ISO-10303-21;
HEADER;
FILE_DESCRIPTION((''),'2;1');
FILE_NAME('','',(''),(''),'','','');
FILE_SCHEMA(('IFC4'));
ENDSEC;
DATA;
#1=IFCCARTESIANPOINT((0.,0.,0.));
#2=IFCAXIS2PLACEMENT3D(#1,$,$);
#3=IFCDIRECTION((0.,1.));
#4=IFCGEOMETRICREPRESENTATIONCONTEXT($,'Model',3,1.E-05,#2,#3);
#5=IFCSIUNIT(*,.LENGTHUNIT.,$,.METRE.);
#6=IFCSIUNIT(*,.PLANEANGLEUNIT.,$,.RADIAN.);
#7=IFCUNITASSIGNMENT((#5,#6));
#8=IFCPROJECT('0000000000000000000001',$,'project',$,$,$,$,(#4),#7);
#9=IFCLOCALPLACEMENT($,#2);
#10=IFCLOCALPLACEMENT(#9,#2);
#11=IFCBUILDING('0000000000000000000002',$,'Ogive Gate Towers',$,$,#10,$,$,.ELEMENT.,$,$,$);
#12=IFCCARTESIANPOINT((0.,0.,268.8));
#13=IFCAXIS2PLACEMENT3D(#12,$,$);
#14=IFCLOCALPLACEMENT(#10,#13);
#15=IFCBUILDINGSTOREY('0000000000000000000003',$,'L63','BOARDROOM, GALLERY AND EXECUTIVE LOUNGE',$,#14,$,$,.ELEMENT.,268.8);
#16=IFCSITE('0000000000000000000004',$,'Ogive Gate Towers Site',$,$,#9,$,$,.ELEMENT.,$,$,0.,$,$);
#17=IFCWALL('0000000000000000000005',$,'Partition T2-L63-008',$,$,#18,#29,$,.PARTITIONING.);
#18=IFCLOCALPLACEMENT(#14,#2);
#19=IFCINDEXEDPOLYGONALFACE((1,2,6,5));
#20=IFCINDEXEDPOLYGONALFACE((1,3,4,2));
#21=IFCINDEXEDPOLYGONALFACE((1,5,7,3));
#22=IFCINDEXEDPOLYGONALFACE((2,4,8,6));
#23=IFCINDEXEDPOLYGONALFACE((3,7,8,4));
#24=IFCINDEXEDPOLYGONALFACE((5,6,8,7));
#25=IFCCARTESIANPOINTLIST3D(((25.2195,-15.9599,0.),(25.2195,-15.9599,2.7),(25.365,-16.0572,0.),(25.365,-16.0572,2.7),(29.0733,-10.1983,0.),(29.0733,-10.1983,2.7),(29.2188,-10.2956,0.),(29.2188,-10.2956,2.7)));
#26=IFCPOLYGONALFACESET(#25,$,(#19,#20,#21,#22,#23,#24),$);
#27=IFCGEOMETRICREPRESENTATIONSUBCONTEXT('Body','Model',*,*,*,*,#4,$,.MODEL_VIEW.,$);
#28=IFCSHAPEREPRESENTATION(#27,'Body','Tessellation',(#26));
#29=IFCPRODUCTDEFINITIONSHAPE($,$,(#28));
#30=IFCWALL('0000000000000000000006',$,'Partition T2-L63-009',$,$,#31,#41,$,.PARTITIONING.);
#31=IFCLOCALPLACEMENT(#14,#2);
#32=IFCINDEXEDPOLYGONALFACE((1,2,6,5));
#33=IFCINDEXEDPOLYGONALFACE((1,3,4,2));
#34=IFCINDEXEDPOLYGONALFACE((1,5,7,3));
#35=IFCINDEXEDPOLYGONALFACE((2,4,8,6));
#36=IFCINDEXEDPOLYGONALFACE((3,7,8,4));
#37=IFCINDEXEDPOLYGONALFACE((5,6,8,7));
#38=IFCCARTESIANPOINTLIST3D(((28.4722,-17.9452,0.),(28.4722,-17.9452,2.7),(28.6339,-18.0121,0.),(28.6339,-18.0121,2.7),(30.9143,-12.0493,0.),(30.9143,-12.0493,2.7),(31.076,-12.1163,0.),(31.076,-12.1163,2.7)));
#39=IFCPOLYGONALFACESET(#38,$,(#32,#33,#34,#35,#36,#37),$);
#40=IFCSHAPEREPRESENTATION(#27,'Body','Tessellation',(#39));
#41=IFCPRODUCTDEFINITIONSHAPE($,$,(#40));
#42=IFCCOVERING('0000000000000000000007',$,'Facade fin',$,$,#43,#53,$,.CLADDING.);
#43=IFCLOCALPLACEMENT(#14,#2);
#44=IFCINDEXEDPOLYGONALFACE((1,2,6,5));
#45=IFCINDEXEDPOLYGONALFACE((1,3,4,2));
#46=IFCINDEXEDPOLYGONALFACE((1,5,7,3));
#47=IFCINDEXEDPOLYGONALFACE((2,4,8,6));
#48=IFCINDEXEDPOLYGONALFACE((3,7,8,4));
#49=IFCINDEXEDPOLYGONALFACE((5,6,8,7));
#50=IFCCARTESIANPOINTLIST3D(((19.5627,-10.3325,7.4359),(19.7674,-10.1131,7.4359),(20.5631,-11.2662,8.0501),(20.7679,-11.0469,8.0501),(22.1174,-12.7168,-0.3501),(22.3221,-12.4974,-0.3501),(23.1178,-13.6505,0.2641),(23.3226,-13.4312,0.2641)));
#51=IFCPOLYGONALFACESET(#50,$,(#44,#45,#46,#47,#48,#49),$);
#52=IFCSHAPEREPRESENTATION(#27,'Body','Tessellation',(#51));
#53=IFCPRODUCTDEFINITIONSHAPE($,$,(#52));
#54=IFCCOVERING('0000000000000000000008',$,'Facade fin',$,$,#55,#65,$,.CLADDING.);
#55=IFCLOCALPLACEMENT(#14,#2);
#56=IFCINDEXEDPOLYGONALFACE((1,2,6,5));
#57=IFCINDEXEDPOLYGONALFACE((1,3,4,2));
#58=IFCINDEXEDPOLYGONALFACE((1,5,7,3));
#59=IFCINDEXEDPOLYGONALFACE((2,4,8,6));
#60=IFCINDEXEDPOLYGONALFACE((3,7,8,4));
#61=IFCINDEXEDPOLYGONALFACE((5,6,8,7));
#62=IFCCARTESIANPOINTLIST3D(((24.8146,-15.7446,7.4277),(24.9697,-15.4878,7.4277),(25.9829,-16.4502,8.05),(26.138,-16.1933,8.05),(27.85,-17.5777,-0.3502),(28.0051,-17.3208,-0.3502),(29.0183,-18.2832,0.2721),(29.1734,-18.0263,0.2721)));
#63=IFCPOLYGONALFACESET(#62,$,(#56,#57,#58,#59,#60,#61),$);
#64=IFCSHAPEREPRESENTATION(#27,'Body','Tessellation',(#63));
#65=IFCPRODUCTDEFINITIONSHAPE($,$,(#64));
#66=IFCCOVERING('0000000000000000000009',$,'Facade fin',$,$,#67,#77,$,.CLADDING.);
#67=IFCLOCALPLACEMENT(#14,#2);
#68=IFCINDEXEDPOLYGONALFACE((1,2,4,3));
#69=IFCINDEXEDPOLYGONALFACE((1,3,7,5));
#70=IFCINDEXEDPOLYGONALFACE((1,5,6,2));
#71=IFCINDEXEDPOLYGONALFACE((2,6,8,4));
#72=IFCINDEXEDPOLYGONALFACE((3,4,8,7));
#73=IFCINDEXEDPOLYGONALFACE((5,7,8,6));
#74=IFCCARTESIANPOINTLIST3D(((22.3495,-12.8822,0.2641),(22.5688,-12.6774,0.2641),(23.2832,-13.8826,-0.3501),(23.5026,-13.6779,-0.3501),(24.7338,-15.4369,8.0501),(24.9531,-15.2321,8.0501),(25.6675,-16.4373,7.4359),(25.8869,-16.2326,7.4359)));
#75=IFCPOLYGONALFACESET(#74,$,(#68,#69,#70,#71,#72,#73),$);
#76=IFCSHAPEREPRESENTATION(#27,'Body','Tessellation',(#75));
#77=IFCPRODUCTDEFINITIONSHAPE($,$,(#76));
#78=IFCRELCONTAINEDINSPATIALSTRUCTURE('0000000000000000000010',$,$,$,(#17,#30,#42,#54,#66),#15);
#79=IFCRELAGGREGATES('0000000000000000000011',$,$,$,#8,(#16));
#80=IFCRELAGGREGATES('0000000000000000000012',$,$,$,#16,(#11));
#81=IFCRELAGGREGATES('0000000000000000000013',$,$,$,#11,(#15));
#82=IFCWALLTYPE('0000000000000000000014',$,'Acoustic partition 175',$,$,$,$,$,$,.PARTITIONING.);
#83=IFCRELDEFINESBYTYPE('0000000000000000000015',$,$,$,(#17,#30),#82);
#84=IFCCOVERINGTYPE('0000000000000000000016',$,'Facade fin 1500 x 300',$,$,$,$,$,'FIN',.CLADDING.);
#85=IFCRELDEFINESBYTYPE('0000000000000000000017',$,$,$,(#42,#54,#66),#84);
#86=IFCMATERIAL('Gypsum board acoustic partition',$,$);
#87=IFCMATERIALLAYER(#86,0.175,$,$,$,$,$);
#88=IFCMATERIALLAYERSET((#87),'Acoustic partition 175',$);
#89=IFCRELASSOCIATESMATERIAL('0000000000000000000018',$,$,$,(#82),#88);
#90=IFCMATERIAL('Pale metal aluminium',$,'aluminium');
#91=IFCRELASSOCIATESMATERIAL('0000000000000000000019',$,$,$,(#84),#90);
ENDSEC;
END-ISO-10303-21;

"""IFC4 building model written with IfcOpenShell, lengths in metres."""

from ifc_helpers import new_model, si_unit, direction, frame, frame_2d, origin, origin_2d, place, context, subcontext, project, spatial, rectangle, extrude, material, layer, layer_set, material_profile, profile_set, type_object, element, save


model = new_model("IFC4")

# Units and contexts
model_context = context("Model", 3, precision=1e-05, world=origin(), true_north=direction((0.0, 1.0)))
body_context = subcontext(model_context, "Body", "Model", "MODEL_VIEW")
ifc_project = project(units=[si_unit("LENGTHUNIT", "METRE"), si_unit("PLANEANGLEUNIT", "RADIAN")], contexts=[model_context])

# Site, building, storey
site_placement = place(None, origin())
site = spatial("IfcSite", under=ifc_project, at=site_placement, Name="Ogive Gate Towers Site", CompositionType="ELEMENT", RefElevation=0.0)
building_placement = place(site_placement, origin())
building = spatial("IfcBuilding", under=site, at=building_placement, Name="Ogive Gate Towers", CompositionType="ELEMENT")
storey_placement = place(building_placement, frame((0.0, 0.0, 268.8)))
storey = spatial("IfcBuildingStorey", under=building, at=storey_placement, Name="L63", Description="BOARDROOM, GALLERY AND EXECUTIVE LOUNGE", CompositionType="ELEMENT", Elevation=268.8)

# Shared definitions
ifc_material_1 = material(Name="Pale metal aluminium", Category="aluminium")

# Walls
ifc_material_2 = material(Name="Gypsum board acoustic partition")
ifc_layer_1 = layer(ifc_material_2, 0.175)
ifc_layer_set_1 = layer_set([ifc_layer_1], Name="Acoustic partition 175")
wall_type = type_object("IfcWallType", Name="Acoustic partition 175", PredefinedType="PARTITIONING", material=ifc_layer_set_1)
wall_1_placement = place(storey_placement, frame((25.2922, -16.0085, 0.0), z_axis=(0.0, 0.0, 1.0), x_axis=(0.555976, 0.831199, 0.0)))
element("IfcWall", 1, at=wall_1_placement, inside=storey, type_object=wall_type, Name="Partition T2-L63-008", PredefinedType="PARTITIONING", context=body_context, shape_type="SweptSolid", body=[
    extrude(rectangle(XDim=6.9316, YDim=0.175, at=frame_2d((3.4658, 0.0))), origin(), (0.0, 0.0, 1.0), 2.7),
])
wall_2_placement = place(storey_placement, frame((28.553, -17.9788, 0.0), z_axis=(0.0, 0.0, 1.0), x_axis=(0.382689, 0.923877, 0.0)))
element("IfcWall", 2, at=wall_2_placement, inside=storey, type_object=wall_type, Name="Partition T2-L63-009", PredefinedType="PARTITIONING", context=body_context, shape_type="SweptSolid", body=[
    extrude(rectangle(XDim=6.3816, YDim=0.175, at=frame_2d((3.1909, 0.0))), origin(), (0.0, 0.0, 1.0), 2.7),
])

# Coverings
ifc_material_profile_1 = material_profile(ifc_material_1, rectangle(XDim=0.3, YDim=1.5, at=origin_2d()), Name="1500 x 300 pale metal aluminium")
ifc_profile_set_1 = profile_set([ifc_material_profile_1], Name="Pale metal aluminium")
covering_type = type_object("IfcCoveringType", Name="Facade fin 1500 x 300", ElementType="FIN", PredefinedType="CLADDING", material=ifc_profile_set_1)
covering_1_placement = place(storey_placement, frame((22.72, -13.074, -0.043), z_axis=(-0.29935, 0.279382, 0.912324), x_axis=(-0.682303, -0.731069, 0.0)))
element("IfcCovering", 3, at=covering_1_placement, inside=storey, type_object=covering_type, Name="Facade fin", PredefinedType="CLADDING", context=body_context, shape_type="SweptSolid", body=[
    extrude(rectangle(XDim=0.3, YDim=1.5, at=origin_2d()), origin(), (0.0, 0.0, 1.0), 8.5342),
])
covering_2_placement = place(storey_placement, frame((28.5117, -17.802, -0.0391), z_axis=(-0.355101, 0.214437, 0.909901), x_axis=(-0.516934, -0.856025, 0.0)))
element("IfcCovering", 4, at=covering_2_placement, inside=storey, type_object=covering_type, Name="Facade fin", PredefinedType="CLADDING", context=body_context, shape_type="SweptSolid", body=[
    extrude(rectangle(XDim=0.3, YDim=1.5, at=origin_2d()), origin(), (0.0, 0.0, 1.0), 8.5481),
])
covering_3_placement = place(storey_placement, frame((22.926, -13.28, -0.043), z_axis=(0.279382, -0.29935, 0.912324), x_axis=(0.731069, 0.682303, 0.0)))
element("IfcCovering", 5, at=covering_3_placement, inside=storey, type_object=covering_type, Name="Facade fin", PredefinedType="CLADDING", context=body_context, shape_type="SweptSolid", body=[
    extrude(rectangle(XDim=0.3, YDim=1.5, at=origin_2d()), origin(), (0.0, 0.0, 1.0), 8.5342),
])

save(model, "model.ifc")
